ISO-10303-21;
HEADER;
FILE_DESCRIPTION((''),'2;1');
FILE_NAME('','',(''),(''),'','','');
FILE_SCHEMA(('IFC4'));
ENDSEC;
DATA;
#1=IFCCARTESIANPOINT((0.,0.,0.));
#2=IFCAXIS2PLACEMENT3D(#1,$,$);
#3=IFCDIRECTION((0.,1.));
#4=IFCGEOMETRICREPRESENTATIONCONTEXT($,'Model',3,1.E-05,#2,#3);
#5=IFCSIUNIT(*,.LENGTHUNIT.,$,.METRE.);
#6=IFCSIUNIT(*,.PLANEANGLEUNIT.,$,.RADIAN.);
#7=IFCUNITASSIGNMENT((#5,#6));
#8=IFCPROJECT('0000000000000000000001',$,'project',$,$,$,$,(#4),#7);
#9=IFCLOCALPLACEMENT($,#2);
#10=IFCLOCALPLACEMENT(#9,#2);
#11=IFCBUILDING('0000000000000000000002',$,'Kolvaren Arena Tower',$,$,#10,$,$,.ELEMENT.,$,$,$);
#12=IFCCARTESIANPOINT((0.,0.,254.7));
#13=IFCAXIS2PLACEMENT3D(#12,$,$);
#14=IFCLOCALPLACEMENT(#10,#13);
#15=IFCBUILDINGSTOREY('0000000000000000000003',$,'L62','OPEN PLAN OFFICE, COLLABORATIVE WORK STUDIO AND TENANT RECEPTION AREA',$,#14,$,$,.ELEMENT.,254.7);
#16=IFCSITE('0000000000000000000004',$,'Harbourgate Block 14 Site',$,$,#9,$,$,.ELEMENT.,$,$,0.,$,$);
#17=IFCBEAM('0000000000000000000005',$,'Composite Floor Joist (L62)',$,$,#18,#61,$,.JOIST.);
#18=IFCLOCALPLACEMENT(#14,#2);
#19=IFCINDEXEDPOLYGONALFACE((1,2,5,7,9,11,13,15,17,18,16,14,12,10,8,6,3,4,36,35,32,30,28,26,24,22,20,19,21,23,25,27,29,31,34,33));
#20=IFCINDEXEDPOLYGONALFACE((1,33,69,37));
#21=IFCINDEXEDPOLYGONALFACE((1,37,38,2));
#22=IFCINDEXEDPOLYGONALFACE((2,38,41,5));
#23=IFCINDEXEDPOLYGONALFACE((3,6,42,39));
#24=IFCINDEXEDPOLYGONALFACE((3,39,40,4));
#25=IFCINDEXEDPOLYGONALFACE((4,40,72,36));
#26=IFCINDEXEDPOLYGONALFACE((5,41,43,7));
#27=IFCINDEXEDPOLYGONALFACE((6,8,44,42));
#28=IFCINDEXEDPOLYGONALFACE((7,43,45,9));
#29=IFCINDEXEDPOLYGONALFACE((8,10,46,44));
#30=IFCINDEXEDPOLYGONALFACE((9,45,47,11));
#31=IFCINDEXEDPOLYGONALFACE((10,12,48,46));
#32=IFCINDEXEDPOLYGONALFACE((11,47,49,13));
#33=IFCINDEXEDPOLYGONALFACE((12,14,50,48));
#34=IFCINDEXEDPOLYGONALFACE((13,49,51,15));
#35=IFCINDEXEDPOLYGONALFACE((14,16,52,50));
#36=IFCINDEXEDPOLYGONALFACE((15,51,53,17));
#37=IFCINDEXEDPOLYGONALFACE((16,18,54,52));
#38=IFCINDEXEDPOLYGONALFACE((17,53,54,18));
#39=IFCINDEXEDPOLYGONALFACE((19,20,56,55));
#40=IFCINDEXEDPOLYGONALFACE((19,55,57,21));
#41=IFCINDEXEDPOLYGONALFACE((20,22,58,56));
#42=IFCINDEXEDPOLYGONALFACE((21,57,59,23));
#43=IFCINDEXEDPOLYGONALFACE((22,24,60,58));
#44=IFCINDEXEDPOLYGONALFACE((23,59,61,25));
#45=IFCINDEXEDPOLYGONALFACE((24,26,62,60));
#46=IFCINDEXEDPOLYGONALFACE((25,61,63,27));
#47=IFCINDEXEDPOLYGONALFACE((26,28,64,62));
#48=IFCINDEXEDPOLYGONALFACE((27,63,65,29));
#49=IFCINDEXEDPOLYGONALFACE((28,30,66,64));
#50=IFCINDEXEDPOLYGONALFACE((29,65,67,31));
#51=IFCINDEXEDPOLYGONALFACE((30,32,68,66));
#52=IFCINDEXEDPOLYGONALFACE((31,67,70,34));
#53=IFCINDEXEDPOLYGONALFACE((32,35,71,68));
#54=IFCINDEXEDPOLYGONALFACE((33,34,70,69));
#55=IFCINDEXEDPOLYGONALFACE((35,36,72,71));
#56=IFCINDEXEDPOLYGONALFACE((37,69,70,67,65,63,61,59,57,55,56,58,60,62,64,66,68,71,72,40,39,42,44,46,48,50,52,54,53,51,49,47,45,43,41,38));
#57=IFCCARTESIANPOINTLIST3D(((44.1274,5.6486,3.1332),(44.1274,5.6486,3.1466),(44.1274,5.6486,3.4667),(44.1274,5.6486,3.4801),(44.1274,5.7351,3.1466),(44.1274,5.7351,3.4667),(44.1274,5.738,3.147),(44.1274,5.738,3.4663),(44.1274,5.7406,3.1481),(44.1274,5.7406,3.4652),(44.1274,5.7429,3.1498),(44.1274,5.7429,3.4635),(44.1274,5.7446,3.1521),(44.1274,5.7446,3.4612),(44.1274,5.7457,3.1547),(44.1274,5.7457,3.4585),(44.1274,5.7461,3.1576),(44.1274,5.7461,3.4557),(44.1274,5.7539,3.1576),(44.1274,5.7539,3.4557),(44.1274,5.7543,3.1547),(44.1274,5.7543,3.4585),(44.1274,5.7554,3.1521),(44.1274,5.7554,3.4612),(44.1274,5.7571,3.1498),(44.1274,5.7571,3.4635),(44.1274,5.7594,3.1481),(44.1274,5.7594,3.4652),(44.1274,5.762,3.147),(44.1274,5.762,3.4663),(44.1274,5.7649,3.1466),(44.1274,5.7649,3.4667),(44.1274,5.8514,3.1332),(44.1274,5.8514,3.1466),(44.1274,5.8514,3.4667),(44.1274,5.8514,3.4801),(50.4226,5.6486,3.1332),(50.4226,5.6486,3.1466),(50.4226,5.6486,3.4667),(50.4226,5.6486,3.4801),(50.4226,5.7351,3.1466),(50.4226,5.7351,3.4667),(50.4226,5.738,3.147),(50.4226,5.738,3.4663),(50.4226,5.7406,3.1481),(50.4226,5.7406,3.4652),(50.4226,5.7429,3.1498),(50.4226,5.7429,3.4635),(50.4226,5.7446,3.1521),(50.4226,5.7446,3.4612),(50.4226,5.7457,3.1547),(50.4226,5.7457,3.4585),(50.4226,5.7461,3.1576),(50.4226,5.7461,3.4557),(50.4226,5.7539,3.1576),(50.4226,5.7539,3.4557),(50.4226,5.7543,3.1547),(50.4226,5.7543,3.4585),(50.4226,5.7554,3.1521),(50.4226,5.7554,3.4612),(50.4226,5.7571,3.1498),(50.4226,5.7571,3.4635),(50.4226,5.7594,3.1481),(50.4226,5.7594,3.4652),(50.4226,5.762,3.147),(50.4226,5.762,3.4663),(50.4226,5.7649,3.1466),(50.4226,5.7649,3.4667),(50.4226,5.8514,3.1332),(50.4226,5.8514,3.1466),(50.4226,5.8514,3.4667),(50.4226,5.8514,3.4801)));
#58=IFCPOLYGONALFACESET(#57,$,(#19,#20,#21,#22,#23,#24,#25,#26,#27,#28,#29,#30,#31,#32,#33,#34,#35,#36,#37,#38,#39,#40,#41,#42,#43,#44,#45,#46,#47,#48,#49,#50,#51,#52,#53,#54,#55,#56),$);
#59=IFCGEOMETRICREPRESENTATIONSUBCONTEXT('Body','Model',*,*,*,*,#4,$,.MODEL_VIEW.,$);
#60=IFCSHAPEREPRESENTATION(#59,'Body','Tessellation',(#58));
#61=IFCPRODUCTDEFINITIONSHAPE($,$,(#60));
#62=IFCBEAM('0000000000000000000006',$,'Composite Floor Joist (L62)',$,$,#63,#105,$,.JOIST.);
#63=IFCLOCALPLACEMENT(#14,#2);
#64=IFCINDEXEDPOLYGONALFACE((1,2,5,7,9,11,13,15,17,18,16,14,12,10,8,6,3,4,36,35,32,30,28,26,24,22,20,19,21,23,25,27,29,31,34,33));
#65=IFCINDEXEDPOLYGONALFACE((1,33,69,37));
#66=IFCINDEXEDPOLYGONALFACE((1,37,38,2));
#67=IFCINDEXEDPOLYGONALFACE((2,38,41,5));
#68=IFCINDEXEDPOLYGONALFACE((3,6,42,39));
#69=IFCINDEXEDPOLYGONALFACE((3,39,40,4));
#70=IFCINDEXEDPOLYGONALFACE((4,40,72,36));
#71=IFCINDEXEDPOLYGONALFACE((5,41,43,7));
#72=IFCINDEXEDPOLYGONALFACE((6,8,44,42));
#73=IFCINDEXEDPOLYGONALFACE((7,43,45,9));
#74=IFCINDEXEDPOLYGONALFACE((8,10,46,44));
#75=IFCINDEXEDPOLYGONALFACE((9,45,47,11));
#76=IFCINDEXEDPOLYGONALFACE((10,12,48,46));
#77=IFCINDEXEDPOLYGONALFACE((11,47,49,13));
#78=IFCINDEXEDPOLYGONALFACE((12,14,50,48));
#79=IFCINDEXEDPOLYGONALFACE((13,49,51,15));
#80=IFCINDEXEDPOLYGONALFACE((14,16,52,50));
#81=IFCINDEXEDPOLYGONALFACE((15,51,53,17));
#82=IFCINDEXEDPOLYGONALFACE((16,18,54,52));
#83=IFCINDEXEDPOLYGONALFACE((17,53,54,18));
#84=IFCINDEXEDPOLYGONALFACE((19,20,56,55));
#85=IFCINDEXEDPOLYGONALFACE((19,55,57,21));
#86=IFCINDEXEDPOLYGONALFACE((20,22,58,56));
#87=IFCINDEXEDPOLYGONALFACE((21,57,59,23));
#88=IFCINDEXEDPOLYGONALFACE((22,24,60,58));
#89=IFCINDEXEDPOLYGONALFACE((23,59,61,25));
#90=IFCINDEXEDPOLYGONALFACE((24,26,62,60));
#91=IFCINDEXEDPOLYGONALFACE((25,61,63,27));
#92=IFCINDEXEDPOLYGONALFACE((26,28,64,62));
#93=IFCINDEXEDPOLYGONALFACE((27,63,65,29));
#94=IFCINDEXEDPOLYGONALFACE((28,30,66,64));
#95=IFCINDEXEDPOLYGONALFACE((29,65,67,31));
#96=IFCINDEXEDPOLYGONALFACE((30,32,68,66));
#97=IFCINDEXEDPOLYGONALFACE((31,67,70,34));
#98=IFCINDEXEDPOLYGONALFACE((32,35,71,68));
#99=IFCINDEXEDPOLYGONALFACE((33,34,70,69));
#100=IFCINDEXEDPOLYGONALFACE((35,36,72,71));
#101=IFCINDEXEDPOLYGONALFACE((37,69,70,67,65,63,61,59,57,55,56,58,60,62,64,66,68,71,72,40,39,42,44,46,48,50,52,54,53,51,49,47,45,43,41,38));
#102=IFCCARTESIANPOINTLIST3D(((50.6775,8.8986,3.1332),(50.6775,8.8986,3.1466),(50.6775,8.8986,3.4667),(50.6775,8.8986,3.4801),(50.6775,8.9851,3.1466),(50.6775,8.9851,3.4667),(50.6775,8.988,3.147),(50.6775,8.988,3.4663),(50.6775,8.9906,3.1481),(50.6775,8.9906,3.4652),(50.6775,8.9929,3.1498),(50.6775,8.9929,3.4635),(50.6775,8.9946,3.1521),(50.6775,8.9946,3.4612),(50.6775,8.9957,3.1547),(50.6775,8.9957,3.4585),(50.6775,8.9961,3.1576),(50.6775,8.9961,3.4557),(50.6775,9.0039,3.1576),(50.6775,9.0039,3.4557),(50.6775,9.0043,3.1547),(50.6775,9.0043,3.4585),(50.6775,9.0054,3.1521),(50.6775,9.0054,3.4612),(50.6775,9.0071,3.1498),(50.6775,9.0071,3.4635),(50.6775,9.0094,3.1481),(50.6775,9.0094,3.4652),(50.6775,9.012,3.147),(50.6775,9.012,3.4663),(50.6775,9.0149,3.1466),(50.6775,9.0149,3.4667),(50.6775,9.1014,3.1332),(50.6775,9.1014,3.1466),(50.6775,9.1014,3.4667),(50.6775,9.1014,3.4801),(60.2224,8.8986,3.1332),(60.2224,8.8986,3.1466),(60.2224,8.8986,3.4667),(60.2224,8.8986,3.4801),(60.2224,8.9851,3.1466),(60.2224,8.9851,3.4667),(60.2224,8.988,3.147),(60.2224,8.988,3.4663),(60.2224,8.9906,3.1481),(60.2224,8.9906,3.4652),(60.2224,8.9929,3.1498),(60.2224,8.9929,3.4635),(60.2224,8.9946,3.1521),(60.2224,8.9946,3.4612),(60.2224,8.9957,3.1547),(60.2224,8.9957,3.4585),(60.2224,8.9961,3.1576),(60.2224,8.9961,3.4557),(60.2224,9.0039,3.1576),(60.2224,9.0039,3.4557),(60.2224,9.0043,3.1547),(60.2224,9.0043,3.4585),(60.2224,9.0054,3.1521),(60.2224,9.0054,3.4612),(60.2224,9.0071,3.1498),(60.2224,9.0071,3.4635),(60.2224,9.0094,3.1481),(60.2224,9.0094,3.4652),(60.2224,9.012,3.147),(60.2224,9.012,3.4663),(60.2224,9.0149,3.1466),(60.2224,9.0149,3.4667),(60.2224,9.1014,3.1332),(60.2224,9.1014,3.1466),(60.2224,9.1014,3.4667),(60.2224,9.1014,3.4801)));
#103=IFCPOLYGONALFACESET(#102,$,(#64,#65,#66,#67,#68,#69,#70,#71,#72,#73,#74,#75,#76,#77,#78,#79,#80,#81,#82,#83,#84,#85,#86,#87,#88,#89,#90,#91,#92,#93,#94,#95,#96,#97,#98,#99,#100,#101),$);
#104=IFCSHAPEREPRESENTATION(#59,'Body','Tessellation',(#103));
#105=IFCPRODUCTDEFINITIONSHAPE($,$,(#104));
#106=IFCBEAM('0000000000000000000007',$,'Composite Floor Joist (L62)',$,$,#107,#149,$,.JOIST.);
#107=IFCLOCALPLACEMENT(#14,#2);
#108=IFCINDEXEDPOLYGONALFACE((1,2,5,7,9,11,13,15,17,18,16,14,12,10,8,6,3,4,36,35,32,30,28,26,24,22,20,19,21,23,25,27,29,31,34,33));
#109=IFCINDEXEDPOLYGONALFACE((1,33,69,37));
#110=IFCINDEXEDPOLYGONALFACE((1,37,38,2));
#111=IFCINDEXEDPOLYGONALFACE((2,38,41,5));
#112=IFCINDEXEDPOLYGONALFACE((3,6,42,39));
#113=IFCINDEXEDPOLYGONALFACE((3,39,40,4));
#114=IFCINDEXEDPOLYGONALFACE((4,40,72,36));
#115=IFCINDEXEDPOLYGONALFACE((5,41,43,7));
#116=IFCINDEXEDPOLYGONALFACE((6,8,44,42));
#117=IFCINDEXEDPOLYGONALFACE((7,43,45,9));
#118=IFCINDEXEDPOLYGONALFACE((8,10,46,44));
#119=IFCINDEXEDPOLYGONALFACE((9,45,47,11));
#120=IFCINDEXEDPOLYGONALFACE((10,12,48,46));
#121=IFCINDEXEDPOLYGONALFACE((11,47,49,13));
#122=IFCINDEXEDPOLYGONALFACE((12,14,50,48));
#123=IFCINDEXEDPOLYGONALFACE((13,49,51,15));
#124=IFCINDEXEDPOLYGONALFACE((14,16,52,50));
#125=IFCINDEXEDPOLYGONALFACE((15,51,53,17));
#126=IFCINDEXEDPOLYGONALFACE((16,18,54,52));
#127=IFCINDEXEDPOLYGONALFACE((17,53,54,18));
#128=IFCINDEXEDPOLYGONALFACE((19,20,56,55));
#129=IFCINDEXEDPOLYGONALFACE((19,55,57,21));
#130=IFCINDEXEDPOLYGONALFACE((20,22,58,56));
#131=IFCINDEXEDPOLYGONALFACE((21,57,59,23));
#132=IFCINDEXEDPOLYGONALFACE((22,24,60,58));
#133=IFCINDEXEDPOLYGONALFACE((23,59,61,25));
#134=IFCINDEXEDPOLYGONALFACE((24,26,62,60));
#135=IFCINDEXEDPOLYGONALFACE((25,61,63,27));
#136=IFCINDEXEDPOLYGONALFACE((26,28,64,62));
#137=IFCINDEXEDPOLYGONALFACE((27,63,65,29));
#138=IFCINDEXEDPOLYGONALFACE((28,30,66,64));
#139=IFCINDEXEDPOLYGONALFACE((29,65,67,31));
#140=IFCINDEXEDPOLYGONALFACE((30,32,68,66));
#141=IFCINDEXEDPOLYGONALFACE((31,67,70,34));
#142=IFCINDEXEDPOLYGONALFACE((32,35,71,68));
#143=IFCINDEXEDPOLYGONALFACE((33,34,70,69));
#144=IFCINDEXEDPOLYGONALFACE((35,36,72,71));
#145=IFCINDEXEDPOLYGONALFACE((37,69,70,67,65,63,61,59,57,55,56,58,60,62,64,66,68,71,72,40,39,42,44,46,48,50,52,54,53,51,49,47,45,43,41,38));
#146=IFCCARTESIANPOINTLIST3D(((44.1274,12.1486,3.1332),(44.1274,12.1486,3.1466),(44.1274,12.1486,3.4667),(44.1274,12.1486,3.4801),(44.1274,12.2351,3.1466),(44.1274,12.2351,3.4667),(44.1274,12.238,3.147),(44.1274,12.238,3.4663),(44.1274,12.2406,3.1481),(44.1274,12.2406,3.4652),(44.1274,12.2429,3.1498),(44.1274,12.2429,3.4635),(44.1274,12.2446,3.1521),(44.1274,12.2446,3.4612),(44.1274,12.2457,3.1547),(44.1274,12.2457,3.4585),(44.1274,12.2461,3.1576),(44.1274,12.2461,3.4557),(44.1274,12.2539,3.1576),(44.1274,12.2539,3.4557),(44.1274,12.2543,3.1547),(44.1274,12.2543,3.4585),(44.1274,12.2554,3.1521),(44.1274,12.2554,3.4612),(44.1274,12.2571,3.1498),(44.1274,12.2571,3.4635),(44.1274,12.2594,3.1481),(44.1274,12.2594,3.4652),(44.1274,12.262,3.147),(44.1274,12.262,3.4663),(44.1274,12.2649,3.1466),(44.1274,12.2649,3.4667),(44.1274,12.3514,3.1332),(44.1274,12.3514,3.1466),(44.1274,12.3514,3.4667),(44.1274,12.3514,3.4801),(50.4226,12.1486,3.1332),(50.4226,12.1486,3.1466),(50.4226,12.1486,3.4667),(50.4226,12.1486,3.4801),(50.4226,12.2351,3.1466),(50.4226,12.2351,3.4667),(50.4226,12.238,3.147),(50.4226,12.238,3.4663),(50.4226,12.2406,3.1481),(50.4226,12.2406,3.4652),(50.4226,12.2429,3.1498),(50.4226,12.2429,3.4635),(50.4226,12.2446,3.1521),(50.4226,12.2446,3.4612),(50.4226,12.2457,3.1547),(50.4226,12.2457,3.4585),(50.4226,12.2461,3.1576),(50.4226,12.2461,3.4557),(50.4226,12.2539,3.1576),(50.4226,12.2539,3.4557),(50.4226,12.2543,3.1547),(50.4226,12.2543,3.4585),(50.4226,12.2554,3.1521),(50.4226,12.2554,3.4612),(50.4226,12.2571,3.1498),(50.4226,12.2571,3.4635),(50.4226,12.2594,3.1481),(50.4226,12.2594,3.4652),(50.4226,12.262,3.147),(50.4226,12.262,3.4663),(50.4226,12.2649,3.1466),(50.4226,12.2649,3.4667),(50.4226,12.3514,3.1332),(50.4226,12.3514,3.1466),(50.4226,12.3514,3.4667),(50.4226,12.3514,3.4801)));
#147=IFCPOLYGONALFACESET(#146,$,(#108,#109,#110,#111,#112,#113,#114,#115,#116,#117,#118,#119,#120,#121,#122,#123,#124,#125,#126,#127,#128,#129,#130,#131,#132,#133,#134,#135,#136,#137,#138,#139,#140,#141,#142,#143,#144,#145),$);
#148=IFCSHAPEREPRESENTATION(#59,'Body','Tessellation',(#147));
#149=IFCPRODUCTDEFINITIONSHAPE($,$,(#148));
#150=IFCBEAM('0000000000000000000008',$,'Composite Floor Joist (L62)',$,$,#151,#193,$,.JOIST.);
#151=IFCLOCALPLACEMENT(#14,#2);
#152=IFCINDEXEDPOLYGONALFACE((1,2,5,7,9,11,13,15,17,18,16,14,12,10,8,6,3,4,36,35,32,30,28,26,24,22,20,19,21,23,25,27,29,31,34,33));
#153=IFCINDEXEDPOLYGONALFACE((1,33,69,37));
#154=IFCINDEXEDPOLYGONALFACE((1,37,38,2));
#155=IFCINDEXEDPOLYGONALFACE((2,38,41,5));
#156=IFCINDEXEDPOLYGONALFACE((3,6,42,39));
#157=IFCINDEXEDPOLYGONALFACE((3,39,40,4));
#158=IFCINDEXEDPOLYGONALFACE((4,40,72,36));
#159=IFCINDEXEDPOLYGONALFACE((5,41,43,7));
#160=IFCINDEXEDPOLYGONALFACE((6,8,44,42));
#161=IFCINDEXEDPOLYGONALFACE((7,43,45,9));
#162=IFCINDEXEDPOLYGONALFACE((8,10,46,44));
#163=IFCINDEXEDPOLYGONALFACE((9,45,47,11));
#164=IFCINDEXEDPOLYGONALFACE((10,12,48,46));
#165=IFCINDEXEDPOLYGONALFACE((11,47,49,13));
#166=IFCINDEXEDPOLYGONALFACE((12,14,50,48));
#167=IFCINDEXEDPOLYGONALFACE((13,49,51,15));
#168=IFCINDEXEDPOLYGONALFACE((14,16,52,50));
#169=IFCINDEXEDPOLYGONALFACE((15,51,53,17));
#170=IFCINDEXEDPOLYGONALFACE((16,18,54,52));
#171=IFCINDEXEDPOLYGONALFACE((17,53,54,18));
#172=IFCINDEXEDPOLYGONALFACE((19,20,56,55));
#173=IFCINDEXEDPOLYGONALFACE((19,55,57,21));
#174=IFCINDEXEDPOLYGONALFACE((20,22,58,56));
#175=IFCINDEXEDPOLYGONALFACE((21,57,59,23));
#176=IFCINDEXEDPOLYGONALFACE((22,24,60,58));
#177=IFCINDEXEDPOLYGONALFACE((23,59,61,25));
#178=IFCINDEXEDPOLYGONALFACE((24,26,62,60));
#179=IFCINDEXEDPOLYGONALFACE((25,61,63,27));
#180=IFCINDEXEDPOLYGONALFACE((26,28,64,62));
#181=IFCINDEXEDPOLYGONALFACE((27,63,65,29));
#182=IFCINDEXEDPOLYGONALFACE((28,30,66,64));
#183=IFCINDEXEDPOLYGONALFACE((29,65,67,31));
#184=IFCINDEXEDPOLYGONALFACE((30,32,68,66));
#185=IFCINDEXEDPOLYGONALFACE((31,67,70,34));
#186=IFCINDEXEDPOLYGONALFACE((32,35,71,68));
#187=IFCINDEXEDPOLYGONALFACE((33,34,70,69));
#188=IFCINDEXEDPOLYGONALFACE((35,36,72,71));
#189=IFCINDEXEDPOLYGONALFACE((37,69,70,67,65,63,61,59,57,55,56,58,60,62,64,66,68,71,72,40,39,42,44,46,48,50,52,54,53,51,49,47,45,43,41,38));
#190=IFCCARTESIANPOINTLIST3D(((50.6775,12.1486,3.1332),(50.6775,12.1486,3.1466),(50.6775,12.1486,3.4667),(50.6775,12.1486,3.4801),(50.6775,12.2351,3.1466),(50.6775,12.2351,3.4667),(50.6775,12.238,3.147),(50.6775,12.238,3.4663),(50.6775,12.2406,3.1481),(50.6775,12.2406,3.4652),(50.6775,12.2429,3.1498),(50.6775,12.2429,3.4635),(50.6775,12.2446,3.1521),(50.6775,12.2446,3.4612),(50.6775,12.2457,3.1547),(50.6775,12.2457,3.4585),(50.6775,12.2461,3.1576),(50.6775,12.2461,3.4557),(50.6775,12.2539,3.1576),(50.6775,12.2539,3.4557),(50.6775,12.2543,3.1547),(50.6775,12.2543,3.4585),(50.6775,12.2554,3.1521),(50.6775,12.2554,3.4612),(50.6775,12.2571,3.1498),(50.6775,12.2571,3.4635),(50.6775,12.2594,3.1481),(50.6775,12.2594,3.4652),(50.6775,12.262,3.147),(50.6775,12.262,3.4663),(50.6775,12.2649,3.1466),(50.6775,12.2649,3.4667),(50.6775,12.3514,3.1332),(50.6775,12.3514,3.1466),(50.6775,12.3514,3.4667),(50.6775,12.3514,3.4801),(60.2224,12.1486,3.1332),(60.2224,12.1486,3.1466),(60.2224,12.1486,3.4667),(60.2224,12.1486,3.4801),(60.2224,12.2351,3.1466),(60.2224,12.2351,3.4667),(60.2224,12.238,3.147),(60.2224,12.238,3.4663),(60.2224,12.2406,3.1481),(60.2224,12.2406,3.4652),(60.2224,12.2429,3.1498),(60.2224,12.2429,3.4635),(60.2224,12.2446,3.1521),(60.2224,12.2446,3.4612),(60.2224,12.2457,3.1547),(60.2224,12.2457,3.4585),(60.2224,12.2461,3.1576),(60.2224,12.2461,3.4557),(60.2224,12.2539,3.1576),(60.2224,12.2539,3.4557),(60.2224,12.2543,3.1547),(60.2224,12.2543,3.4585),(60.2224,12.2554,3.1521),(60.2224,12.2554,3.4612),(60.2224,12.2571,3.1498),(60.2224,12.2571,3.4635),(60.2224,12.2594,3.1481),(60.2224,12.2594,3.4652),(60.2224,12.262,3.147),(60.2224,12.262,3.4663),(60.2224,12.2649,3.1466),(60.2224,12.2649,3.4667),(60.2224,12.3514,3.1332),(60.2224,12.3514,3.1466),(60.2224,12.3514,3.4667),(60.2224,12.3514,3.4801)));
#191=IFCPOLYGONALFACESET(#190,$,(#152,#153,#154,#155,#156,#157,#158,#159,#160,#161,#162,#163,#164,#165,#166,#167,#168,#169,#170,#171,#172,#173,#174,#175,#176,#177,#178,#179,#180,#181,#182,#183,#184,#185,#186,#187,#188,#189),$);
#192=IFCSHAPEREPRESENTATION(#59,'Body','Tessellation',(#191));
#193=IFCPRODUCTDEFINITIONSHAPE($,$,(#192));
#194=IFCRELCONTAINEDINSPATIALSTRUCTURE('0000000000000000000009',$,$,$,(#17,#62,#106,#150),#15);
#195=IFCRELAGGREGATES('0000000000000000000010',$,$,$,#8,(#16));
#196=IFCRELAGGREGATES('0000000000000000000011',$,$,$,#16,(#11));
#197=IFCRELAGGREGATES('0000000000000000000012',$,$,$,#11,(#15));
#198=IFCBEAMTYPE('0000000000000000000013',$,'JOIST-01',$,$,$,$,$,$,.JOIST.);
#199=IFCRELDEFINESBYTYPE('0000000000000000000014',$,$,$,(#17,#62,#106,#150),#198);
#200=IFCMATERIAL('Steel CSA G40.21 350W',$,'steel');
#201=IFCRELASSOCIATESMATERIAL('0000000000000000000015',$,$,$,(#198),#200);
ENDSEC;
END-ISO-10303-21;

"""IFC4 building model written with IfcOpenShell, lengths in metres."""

from ifc_helpers import new_model, si_unit, direction, frame, origin, origin_2d, place, context, subcontext, project, spatial, i_section, extrude, material, material_profile, profile_set, type_object, element, save


model = new_model("IFC4")

# Units and contexts
model_context = context("Model", 3, precision=1e-05, world=origin(), true_north=direction((0.0, 1.0)))
body_context = subcontext(model_context, "Body", "Model", "MODEL_VIEW")
ifc_project = project(units=[si_unit("LENGTHUNIT", "METRE"), si_unit("PLANEANGLEUNIT", "RADIAN")], contexts=[model_context])

# Site, building, storey
site_placement = place(None, origin())
site = spatial("IfcSite", under=ifc_project, at=site_placement, Name="Harbourgate Block 14 Site", CompositionType="ELEMENT", RefElevation=0.0)
building_placement = place(site_placement, origin())
building = spatial("IfcBuilding", under=site, at=building_placement, Name="Kolvaren Arena Tower", CompositionType="ELEMENT")
storey_placement = place(building_placement, frame((0.0, 0.0, 254.7)))
storey = spatial("IfcBuildingStorey", under=building, at=storey_placement, Name="L62", Description="OPEN PLAN OFFICE, COLLABORATIVE WORK STUDIO AND TENANT RECEPTION AREA", CompositionType="ELEMENT", Elevation=254.7)

# Beams
ifc_material_1 = material(Name="Steel CSA G40.21 350W", Category="steel")
ifc_material_profile_1 = material_profile(ifc_material_1, i_section(OverallWidth=0.2029, OverallDepth=0.3469, WebThickness=0.0078, FlangeThickness=0.0134, FilletRadius=0.011, at=origin_2d()), Name="W360x64")
ifc_profile_set_1 = profile_set([ifc_material_profile_1], Name="Steel CSA G40.21 350W")
beam_type_1 = type_object("IfcBeamType", Name="JOIST-01", PredefinedType="JOIST", material=ifc_profile_set_1)
for number, where, z_axis, x_axis, name in (
    (1, (44.1274, 5.75, 3.3066), (1.0, 0.0, 0.0), (0.0, 1.0, 0.0), "Composite Floor Joist (L62)"),
):
    element("IfcBeam", number, at=place(storey_placement, frame(where, z_axis=z_axis, x_axis=x_axis)), inside=storey, type_object=beam_type_1, Name=name, PredefinedType="JOIST", context=body_context, shape_type="SweptSolid", body=[
        extrude(i_section(OverallWidth=0.2029, OverallDepth=0.3469, WebThickness=0.0078, FlangeThickness=0.0134, FilletRadius=0.011, at=origin_2d()), origin(), (0.0, 0.0, 1.0), 6.2952),
    ])
beam_1_placement = place(storey_placement, frame((50.6775, 9.0, 3.3066), z_axis=(1.0, 0.0, 0.0), x_axis=(0.0, 1.0, 0.0)))
element("IfcBeam", 2, at=beam_1_placement, inside=storey, type_object=beam_type_1, Name="Composite Floor Joist (L62)", PredefinedType="JOIST", context=body_context, shape_type="SweptSolid", body=[
    extrude(i_section(OverallWidth=0.2029, OverallDepth=0.3469, WebThickness=0.0078, FlangeThickness=0.0134, FilletRadius=0.011, at=origin_2d()), origin(), (0.0, 0.0, 1.0), 9.5449),
])
beam_2_placement = place(storey_placement, frame((44.1274, 12.25, 3.3066), z_axis=(1.0, 0.0, 0.0), x_axis=(0.0, 1.0, 0.0)))
element("IfcBeam", 3, at=beam_2_placement, inside=storey, type_object=beam_type_1, Name="Composite Floor Joist (L62)", PredefinedType="JOIST", context=body_context, shape_type="SweptSolid", body=[
    extrude(i_section(OverallWidth=0.2029, OverallDepth=0.3469, WebThickness=0.0078, FlangeThickness=0.0134, FilletRadius=0.011, at=origin_2d()), origin(), (0.0, 0.0, 1.0), 6.2952),
])
beam_3_placement = place(storey_placement, frame((50.6775, 12.25, 3.3066), z_axis=(1.0, 0.0, 0.0), x_axis=(0.0, 1.0, 0.0)))
element("IfcBeam", 4, at=beam_3_placement, inside=storey, type_object=beam_type_1, Name="Composite Floor Joist (L62)", PredefinedType="JOIST", context=body_context, shape_type="SweptSolid", body=[
    extrude(i_section(OverallWidth=0.2029, OverallDepth=0.3469, WebThickness=0.0078, FlangeThickness=0.0134, FilletRadius=0.011, at=origin_2d()), origin(), (0.0, 0.0, 1.0), 9.5449),
])

save(model, "model.ifc")
